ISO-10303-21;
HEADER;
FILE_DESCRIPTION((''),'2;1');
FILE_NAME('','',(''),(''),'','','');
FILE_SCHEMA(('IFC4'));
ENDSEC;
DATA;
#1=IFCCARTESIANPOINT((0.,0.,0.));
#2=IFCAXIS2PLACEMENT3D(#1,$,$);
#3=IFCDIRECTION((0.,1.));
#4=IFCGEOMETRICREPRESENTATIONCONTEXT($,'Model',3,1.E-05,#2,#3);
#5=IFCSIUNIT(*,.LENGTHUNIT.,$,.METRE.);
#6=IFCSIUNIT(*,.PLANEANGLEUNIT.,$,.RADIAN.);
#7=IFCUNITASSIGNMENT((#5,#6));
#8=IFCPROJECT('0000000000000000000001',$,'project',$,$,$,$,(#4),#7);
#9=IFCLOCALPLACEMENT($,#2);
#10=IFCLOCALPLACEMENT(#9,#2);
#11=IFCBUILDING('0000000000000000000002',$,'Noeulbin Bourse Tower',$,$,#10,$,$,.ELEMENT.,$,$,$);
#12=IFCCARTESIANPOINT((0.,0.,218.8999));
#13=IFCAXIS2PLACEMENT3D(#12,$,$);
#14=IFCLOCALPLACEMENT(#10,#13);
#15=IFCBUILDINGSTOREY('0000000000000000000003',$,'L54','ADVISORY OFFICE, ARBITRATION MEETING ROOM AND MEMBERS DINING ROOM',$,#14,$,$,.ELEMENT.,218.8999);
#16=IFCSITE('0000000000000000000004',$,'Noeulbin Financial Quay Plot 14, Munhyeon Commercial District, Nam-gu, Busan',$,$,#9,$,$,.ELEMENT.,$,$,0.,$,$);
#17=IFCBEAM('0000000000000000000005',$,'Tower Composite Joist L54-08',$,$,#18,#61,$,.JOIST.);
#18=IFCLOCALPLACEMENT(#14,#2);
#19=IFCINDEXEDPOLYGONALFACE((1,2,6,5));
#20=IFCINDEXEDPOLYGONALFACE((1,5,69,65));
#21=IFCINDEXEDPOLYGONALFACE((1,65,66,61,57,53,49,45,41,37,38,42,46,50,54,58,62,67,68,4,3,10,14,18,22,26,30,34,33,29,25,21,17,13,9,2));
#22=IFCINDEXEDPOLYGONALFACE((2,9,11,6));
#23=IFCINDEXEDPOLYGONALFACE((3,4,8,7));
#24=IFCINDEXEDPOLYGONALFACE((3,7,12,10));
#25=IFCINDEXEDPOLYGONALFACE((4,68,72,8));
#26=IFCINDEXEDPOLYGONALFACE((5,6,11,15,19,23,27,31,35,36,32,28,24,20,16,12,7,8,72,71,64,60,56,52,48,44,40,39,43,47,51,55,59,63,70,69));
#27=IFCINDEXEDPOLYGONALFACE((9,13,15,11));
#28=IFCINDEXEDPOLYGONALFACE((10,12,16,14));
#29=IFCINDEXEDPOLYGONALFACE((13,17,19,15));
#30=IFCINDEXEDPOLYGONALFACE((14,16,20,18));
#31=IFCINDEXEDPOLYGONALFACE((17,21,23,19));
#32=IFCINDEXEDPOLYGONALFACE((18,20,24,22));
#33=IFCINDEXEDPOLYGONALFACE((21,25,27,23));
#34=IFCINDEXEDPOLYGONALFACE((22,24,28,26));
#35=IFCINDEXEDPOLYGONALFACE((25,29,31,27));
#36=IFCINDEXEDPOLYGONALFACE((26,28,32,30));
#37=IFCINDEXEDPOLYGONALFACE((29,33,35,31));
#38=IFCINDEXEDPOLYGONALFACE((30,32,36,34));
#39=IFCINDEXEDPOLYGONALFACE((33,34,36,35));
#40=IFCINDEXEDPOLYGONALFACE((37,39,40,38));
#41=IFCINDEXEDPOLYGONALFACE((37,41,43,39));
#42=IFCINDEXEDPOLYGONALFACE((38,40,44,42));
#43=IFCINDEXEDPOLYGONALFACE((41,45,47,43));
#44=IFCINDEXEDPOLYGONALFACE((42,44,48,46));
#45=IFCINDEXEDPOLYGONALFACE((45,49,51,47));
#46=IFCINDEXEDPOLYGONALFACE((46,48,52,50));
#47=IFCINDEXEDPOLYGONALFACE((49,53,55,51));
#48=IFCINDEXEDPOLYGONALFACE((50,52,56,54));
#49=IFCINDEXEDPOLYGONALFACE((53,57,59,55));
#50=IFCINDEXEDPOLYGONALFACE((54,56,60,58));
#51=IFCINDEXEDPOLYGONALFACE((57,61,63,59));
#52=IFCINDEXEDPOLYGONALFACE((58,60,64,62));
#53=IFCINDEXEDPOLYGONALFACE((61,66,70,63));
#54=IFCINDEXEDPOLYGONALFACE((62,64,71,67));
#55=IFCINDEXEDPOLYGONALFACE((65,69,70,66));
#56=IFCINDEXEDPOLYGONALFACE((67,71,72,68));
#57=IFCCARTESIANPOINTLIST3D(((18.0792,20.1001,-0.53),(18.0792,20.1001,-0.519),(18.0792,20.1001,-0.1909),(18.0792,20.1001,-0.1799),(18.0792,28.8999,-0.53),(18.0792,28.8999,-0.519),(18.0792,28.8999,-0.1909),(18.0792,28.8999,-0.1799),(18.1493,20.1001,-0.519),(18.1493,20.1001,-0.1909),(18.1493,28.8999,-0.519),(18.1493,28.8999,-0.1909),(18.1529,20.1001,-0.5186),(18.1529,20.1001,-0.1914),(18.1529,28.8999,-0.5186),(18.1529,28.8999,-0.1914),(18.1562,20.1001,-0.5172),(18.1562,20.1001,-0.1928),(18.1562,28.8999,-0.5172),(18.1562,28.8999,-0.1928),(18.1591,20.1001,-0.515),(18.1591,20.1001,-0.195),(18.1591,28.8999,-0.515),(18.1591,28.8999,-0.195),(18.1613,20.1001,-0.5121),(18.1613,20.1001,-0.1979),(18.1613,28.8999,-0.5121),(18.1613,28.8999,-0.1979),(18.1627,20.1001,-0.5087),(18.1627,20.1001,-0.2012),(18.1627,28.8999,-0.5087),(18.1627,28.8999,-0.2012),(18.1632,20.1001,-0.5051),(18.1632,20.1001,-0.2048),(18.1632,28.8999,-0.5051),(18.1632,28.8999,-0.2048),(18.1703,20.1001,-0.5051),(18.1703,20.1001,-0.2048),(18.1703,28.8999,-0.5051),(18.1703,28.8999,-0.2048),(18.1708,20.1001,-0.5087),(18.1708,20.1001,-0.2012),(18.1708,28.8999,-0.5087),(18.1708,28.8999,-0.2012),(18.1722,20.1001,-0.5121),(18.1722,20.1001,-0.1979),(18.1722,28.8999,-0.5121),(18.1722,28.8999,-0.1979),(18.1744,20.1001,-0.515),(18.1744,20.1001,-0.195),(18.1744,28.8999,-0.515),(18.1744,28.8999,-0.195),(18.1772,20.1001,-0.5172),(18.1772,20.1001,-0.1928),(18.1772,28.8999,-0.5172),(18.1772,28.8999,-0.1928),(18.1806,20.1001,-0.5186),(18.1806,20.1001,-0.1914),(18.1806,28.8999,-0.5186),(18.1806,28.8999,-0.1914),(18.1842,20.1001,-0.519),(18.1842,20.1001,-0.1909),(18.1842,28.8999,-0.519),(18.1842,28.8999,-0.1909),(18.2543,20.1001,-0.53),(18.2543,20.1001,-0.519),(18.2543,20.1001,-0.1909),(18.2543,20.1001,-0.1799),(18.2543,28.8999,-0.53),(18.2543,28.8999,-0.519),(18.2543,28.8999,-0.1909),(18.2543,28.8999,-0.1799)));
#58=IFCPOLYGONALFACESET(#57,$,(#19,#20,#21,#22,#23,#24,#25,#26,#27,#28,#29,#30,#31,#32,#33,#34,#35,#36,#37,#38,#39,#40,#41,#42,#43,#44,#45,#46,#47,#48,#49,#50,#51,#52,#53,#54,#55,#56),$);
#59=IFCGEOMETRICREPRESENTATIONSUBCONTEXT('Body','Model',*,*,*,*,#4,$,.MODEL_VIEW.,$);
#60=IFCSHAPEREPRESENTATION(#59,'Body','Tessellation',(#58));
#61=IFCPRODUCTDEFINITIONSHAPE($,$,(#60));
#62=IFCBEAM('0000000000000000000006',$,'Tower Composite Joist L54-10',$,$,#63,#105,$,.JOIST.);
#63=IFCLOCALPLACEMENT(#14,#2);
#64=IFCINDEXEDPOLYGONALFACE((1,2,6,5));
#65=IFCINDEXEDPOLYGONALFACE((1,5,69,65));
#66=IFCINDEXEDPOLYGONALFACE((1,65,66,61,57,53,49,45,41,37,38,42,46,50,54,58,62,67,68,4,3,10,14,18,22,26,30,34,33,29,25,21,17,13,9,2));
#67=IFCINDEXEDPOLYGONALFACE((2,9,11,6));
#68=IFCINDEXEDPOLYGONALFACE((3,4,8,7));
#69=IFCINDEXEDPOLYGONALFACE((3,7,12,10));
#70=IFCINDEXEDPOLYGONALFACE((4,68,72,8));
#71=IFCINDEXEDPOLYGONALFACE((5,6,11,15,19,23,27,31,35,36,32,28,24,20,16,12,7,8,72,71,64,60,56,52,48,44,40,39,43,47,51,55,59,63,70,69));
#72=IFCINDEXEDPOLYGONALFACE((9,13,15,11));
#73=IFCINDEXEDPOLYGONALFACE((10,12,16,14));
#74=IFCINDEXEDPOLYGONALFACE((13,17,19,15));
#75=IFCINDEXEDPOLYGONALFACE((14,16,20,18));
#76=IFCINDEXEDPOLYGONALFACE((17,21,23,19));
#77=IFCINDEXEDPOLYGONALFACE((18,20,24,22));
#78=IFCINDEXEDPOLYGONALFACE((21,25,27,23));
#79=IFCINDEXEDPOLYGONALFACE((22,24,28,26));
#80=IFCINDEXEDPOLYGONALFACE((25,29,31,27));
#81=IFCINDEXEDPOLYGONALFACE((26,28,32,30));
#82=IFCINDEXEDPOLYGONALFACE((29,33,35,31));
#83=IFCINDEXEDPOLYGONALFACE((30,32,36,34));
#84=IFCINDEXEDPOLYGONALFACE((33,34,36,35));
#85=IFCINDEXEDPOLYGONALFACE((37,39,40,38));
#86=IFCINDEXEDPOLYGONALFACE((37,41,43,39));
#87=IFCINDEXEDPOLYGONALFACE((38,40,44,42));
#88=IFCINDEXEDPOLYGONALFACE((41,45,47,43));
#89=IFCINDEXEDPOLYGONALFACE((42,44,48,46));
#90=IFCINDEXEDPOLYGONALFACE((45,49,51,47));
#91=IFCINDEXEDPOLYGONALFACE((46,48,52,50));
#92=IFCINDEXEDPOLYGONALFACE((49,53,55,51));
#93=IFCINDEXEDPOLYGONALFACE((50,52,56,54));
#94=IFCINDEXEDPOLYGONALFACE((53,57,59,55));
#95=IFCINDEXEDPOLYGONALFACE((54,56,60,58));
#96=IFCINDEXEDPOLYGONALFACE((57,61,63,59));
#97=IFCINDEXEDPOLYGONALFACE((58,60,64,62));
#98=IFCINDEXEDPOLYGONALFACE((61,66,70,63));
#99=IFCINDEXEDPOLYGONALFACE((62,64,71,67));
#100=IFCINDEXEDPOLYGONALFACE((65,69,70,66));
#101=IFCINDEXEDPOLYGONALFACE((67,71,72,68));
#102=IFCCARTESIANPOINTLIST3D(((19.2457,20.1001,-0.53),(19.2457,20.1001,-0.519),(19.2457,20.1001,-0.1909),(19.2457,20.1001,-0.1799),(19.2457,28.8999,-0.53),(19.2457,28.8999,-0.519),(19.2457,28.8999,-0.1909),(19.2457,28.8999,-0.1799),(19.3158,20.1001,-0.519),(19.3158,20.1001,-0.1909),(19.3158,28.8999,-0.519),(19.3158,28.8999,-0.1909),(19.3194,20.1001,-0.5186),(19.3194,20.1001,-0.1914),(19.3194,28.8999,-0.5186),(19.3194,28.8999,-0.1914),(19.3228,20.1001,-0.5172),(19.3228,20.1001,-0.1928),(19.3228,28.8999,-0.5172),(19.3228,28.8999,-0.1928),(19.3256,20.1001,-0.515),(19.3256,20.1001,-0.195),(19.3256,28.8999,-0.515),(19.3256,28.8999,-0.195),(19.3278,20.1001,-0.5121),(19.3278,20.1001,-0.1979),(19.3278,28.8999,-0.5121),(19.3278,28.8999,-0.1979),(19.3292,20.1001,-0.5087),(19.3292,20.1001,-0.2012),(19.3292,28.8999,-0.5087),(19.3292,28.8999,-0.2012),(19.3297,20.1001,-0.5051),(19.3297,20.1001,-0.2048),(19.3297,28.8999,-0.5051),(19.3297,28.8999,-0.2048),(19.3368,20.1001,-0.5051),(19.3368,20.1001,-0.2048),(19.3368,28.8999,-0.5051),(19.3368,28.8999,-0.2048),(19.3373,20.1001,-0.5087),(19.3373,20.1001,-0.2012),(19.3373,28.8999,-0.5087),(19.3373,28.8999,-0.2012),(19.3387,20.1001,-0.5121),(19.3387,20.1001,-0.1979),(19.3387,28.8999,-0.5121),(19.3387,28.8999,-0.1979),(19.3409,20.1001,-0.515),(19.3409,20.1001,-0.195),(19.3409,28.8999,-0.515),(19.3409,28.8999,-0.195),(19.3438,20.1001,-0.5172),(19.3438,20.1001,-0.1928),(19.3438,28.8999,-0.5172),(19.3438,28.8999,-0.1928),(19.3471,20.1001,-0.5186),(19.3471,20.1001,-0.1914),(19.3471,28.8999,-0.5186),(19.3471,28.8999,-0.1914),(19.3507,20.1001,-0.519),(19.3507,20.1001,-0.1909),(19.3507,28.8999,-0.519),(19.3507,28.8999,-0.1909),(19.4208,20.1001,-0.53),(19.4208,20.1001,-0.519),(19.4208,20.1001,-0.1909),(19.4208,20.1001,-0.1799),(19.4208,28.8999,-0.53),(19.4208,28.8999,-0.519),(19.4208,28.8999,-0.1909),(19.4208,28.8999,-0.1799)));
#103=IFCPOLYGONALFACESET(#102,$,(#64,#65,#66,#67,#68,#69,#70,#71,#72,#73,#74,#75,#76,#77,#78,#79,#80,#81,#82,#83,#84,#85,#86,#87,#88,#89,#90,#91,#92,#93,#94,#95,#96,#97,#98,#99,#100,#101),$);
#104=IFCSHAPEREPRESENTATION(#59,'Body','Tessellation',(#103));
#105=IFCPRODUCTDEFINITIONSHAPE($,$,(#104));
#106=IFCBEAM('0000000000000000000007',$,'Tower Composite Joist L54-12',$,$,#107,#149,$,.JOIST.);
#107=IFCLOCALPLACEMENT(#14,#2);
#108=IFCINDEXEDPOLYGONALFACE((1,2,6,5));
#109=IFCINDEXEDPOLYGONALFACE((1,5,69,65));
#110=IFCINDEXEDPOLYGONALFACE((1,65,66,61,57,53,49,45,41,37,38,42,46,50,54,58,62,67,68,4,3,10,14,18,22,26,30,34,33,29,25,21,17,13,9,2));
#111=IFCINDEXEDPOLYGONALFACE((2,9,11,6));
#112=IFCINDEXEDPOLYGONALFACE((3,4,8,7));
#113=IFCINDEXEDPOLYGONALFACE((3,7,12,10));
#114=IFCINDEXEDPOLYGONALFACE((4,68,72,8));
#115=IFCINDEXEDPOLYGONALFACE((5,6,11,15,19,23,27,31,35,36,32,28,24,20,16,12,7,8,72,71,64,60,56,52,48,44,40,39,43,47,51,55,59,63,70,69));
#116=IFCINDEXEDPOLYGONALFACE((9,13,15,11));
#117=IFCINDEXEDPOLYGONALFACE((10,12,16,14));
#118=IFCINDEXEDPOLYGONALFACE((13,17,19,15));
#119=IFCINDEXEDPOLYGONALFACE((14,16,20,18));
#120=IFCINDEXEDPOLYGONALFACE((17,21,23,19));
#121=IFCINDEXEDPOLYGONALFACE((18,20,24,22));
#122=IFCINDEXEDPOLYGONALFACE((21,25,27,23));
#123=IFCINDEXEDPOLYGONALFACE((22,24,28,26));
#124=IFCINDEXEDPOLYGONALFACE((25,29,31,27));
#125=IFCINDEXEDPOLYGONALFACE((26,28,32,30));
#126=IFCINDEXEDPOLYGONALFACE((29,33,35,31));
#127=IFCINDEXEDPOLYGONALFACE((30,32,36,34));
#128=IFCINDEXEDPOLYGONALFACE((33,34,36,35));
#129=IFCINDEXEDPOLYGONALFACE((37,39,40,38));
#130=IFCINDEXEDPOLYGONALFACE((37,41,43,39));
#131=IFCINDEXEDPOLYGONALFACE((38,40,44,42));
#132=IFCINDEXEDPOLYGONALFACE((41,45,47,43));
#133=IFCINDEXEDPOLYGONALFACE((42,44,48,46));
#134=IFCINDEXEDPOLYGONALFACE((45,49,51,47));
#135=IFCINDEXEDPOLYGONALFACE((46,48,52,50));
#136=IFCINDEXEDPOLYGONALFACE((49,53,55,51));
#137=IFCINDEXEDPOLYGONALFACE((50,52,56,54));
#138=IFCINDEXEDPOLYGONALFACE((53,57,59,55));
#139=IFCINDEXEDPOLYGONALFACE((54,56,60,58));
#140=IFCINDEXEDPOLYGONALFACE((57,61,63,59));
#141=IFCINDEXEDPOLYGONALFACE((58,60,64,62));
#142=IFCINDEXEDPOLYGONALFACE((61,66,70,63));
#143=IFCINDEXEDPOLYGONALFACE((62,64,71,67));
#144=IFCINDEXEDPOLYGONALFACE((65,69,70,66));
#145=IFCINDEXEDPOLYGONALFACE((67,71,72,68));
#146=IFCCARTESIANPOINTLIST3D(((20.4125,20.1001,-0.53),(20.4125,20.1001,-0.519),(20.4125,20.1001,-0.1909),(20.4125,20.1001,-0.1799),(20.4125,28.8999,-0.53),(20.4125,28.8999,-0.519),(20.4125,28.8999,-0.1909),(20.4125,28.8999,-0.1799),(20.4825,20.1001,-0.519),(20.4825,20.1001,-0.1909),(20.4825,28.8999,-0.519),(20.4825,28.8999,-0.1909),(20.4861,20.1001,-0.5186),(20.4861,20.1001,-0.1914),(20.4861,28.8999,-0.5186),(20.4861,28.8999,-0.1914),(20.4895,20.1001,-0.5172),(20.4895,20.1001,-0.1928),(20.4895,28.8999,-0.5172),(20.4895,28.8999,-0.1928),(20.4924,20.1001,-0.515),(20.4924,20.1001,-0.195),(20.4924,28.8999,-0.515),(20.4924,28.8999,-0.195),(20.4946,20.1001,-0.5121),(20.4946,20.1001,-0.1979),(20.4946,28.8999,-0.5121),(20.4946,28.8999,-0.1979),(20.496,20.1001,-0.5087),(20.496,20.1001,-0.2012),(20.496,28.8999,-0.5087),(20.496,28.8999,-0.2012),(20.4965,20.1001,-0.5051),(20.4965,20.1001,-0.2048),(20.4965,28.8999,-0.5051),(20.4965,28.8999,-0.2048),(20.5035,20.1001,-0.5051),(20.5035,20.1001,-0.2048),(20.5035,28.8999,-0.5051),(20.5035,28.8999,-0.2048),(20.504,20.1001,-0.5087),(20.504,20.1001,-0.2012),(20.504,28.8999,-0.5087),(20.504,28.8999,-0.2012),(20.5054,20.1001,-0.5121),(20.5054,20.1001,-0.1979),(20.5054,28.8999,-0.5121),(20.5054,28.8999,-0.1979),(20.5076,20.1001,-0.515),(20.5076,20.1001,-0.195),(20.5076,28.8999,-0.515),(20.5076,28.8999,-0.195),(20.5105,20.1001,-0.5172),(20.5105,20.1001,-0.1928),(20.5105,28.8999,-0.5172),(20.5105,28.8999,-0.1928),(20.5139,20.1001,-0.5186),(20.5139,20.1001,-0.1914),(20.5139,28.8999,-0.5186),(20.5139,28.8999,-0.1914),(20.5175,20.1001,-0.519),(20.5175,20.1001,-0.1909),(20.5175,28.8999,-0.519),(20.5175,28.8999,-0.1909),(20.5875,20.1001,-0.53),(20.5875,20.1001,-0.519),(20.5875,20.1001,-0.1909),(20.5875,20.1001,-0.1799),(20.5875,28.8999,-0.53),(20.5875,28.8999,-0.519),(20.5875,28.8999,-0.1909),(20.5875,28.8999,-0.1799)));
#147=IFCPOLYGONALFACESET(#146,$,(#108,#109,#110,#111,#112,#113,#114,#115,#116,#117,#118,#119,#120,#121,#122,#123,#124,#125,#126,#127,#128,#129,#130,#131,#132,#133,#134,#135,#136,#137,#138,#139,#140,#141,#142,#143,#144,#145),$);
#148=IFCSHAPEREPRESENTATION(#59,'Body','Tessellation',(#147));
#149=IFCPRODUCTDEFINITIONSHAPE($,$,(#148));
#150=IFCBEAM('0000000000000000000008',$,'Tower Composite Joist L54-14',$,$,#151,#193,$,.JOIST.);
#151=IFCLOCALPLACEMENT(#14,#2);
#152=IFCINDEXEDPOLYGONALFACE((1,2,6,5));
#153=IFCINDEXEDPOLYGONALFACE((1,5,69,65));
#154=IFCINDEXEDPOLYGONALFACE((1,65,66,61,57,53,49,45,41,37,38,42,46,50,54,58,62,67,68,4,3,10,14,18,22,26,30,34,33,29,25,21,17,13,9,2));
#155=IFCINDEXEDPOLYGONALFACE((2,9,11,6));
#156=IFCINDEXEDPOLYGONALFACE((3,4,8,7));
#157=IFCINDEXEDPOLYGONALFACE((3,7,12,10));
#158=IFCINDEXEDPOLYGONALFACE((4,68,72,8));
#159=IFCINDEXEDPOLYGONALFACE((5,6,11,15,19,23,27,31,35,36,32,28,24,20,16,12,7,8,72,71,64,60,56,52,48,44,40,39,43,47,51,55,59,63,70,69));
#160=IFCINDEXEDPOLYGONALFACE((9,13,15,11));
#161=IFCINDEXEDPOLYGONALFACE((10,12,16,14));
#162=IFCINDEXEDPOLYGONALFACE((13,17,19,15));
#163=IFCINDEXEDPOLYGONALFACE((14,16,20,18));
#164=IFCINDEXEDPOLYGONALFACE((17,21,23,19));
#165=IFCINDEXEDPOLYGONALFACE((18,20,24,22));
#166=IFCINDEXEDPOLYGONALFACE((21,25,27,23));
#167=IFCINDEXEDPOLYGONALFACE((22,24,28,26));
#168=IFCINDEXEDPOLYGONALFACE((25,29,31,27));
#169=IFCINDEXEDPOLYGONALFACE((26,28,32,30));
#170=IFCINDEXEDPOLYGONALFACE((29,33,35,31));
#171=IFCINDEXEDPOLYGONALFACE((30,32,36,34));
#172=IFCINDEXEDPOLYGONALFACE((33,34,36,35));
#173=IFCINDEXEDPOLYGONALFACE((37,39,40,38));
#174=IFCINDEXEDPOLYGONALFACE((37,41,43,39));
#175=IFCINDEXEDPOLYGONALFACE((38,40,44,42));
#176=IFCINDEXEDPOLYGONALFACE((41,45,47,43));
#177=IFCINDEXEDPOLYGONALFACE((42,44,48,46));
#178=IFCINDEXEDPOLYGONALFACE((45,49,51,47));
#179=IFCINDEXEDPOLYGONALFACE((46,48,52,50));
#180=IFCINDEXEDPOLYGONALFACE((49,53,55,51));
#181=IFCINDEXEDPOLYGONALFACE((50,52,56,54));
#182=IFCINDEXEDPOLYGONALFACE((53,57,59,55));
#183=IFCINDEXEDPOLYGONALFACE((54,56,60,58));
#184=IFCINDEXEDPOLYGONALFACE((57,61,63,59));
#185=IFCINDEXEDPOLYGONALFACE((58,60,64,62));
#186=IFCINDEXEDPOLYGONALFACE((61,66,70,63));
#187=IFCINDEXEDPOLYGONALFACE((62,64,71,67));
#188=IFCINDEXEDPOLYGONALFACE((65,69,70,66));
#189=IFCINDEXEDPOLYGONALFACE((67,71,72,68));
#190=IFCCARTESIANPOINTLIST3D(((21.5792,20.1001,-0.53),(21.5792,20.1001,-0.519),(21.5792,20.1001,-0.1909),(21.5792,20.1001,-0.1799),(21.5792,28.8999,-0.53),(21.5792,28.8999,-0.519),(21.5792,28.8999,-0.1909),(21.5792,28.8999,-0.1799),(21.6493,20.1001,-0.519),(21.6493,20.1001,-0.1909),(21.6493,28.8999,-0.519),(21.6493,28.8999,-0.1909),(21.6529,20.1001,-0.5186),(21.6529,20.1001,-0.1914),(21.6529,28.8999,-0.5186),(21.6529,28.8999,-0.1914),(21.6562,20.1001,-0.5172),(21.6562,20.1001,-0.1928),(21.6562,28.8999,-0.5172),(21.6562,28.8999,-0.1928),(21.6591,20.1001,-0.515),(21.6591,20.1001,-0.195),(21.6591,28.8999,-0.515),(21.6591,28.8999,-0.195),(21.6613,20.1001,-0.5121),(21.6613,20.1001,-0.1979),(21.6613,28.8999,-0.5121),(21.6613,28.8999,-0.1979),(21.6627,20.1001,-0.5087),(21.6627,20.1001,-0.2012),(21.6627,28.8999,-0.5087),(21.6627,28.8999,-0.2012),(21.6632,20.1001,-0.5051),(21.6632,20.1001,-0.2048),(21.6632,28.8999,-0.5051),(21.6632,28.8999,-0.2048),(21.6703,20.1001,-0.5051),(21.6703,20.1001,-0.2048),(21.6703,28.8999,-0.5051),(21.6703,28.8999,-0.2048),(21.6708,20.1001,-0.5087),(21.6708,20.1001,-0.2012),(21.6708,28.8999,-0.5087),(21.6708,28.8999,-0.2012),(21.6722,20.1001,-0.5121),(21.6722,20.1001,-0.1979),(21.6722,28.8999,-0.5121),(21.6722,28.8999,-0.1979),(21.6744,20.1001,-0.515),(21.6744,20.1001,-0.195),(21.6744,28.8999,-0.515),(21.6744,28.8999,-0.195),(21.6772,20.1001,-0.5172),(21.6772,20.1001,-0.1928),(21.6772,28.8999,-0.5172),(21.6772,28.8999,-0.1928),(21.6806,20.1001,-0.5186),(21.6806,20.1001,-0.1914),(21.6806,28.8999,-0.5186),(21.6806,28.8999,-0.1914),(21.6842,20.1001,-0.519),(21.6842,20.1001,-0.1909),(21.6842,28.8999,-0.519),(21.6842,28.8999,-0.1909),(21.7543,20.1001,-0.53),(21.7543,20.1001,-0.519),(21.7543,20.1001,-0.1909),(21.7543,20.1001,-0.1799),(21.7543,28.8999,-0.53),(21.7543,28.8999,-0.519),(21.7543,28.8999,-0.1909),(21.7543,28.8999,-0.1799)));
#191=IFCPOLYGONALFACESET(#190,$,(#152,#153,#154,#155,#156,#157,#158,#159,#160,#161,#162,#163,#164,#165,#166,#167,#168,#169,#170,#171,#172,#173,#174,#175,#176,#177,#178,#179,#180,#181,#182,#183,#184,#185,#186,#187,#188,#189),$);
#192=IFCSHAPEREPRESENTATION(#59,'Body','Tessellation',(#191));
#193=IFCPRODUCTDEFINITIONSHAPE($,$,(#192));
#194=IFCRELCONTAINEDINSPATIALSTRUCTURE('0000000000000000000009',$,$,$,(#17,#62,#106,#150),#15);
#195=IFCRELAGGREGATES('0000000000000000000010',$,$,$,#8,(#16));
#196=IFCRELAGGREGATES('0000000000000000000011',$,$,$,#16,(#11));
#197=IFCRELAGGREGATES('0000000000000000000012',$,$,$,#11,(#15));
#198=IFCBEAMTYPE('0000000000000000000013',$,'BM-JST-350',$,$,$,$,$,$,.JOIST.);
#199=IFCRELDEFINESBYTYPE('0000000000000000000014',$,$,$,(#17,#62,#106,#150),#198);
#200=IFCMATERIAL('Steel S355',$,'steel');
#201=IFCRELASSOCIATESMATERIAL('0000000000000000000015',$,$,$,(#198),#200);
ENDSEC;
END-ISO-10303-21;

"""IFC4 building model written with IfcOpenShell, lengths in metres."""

from ifc_helpers import new_model, si_unit, direction, frame, origin, origin_2d, place, context, subcontext, project, spatial, i_section, extrude, material, material_profile, profile_set, type_object, element, save


model = new_model("IFC4")

# Units and contexts
model_context = context("Model", 3, precision=1e-05, world=origin(), true_north=direction((0.0, 1.0)))
body_context = subcontext(model_context, "Body", "Model", "MODEL_VIEW")
ifc_project = project(units=[si_unit("LENGTHUNIT", "METRE"), si_unit("PLANEANGLEUNIT", "RADIAN")], contexts=[model_context])

# Site, building, storey
site_placement = place(None, origin())
site = spatial("IfcSite", under=ifc_project, at=site_placement, Name="Noeulbin Financial Quay Plot 14, Munhyeon Commercial District, Nam-gu, Busan", CompositionType="ELEMENT", RefElevation=0.0)
building_placement = place(site_placement, origin())
building = spatial("IfcBuilding", under=site, at=building_placement, Name="Noeulbin Bourse Tower", CompositionType="ELEMENT")
storey_placement = place(building_placement, frame((0.0, 0.0, 218.8999)))
storey = spatial("IfcBuildingStorey", under=building, at=storey_placement, Name="L54", Description="ADVISORY OFFICE, ARBITRATION MEETING ROOM AND MEMBERS DINING ROOM", CompositionType="ELEMENT", Elevation=218.8999)

# Shared definitions
ifc_material_1 = material(Name="Steel S355", Category="steel")

# Beams
ifc_material_profile_1 = material_profile(ifc_material_1, i_section(OverallWidth=0.175, OverallDepth=0.3501, WebThickness=0.0071, FlangeThickness=0.011, FilletRadius=0.0139, at=origin_2d()), Name="H-350x175x7x11", Category="LoadBearing")
ifc_profile_set_1 = profile_set([ifc_material_profile_1], Name="Steel S355")
beam_type_1 = type_object("IfcBeamType", Name="BM-JST-350", PredefinedType="JOIST", material=ifc_profile_set_1)
for number, where, z_axis, x_axis, name in (
    (1, (18.1667, 20.1001, -0.355), (0.0, 1.0, 0.0), (-1.0, 0.0, 0.0), "Tower Composite Joist L54-08"),
    (2, (19.3333, 20.1001, -0.355), (0.0, 1.0, 0.0), (-1.0, 0.0, 0.0), "Tower Composite Joist L54-10"),
    (3, (20.5, 20.1001, -0.355), (0.0, 1.0, 0.0), (-1.0, 0.0, 0.0), "Tower Composite Joist L54-12"),
    (4, (21.6667, 20.1001, -0.355), (0.0, 1.0, 0.0), (-1.0, 0.0, 0.0), "Tower Composite Joist L54-14"),
):
    element("IfcBeam", number, at=place(storey_placement, frame(where, z_axis=z_axis, x_axis=x_axis)), inside=storey, type_object=beam_type_1, Name=name, PredefinedType="JOIST", context=body_context, shape_type="SweptSolid", body=[
        extrude(i_section(OverallWidth=0.175, OverallDepth=0.3501, WebThickness=0.0071, FlangeThickness=0.011, FilletRadius=0.0139, at=origin_2d()), origin(), (0.0, 0.0, 1.0), 8.7998),
    ])

save(model, "model.ifc")
